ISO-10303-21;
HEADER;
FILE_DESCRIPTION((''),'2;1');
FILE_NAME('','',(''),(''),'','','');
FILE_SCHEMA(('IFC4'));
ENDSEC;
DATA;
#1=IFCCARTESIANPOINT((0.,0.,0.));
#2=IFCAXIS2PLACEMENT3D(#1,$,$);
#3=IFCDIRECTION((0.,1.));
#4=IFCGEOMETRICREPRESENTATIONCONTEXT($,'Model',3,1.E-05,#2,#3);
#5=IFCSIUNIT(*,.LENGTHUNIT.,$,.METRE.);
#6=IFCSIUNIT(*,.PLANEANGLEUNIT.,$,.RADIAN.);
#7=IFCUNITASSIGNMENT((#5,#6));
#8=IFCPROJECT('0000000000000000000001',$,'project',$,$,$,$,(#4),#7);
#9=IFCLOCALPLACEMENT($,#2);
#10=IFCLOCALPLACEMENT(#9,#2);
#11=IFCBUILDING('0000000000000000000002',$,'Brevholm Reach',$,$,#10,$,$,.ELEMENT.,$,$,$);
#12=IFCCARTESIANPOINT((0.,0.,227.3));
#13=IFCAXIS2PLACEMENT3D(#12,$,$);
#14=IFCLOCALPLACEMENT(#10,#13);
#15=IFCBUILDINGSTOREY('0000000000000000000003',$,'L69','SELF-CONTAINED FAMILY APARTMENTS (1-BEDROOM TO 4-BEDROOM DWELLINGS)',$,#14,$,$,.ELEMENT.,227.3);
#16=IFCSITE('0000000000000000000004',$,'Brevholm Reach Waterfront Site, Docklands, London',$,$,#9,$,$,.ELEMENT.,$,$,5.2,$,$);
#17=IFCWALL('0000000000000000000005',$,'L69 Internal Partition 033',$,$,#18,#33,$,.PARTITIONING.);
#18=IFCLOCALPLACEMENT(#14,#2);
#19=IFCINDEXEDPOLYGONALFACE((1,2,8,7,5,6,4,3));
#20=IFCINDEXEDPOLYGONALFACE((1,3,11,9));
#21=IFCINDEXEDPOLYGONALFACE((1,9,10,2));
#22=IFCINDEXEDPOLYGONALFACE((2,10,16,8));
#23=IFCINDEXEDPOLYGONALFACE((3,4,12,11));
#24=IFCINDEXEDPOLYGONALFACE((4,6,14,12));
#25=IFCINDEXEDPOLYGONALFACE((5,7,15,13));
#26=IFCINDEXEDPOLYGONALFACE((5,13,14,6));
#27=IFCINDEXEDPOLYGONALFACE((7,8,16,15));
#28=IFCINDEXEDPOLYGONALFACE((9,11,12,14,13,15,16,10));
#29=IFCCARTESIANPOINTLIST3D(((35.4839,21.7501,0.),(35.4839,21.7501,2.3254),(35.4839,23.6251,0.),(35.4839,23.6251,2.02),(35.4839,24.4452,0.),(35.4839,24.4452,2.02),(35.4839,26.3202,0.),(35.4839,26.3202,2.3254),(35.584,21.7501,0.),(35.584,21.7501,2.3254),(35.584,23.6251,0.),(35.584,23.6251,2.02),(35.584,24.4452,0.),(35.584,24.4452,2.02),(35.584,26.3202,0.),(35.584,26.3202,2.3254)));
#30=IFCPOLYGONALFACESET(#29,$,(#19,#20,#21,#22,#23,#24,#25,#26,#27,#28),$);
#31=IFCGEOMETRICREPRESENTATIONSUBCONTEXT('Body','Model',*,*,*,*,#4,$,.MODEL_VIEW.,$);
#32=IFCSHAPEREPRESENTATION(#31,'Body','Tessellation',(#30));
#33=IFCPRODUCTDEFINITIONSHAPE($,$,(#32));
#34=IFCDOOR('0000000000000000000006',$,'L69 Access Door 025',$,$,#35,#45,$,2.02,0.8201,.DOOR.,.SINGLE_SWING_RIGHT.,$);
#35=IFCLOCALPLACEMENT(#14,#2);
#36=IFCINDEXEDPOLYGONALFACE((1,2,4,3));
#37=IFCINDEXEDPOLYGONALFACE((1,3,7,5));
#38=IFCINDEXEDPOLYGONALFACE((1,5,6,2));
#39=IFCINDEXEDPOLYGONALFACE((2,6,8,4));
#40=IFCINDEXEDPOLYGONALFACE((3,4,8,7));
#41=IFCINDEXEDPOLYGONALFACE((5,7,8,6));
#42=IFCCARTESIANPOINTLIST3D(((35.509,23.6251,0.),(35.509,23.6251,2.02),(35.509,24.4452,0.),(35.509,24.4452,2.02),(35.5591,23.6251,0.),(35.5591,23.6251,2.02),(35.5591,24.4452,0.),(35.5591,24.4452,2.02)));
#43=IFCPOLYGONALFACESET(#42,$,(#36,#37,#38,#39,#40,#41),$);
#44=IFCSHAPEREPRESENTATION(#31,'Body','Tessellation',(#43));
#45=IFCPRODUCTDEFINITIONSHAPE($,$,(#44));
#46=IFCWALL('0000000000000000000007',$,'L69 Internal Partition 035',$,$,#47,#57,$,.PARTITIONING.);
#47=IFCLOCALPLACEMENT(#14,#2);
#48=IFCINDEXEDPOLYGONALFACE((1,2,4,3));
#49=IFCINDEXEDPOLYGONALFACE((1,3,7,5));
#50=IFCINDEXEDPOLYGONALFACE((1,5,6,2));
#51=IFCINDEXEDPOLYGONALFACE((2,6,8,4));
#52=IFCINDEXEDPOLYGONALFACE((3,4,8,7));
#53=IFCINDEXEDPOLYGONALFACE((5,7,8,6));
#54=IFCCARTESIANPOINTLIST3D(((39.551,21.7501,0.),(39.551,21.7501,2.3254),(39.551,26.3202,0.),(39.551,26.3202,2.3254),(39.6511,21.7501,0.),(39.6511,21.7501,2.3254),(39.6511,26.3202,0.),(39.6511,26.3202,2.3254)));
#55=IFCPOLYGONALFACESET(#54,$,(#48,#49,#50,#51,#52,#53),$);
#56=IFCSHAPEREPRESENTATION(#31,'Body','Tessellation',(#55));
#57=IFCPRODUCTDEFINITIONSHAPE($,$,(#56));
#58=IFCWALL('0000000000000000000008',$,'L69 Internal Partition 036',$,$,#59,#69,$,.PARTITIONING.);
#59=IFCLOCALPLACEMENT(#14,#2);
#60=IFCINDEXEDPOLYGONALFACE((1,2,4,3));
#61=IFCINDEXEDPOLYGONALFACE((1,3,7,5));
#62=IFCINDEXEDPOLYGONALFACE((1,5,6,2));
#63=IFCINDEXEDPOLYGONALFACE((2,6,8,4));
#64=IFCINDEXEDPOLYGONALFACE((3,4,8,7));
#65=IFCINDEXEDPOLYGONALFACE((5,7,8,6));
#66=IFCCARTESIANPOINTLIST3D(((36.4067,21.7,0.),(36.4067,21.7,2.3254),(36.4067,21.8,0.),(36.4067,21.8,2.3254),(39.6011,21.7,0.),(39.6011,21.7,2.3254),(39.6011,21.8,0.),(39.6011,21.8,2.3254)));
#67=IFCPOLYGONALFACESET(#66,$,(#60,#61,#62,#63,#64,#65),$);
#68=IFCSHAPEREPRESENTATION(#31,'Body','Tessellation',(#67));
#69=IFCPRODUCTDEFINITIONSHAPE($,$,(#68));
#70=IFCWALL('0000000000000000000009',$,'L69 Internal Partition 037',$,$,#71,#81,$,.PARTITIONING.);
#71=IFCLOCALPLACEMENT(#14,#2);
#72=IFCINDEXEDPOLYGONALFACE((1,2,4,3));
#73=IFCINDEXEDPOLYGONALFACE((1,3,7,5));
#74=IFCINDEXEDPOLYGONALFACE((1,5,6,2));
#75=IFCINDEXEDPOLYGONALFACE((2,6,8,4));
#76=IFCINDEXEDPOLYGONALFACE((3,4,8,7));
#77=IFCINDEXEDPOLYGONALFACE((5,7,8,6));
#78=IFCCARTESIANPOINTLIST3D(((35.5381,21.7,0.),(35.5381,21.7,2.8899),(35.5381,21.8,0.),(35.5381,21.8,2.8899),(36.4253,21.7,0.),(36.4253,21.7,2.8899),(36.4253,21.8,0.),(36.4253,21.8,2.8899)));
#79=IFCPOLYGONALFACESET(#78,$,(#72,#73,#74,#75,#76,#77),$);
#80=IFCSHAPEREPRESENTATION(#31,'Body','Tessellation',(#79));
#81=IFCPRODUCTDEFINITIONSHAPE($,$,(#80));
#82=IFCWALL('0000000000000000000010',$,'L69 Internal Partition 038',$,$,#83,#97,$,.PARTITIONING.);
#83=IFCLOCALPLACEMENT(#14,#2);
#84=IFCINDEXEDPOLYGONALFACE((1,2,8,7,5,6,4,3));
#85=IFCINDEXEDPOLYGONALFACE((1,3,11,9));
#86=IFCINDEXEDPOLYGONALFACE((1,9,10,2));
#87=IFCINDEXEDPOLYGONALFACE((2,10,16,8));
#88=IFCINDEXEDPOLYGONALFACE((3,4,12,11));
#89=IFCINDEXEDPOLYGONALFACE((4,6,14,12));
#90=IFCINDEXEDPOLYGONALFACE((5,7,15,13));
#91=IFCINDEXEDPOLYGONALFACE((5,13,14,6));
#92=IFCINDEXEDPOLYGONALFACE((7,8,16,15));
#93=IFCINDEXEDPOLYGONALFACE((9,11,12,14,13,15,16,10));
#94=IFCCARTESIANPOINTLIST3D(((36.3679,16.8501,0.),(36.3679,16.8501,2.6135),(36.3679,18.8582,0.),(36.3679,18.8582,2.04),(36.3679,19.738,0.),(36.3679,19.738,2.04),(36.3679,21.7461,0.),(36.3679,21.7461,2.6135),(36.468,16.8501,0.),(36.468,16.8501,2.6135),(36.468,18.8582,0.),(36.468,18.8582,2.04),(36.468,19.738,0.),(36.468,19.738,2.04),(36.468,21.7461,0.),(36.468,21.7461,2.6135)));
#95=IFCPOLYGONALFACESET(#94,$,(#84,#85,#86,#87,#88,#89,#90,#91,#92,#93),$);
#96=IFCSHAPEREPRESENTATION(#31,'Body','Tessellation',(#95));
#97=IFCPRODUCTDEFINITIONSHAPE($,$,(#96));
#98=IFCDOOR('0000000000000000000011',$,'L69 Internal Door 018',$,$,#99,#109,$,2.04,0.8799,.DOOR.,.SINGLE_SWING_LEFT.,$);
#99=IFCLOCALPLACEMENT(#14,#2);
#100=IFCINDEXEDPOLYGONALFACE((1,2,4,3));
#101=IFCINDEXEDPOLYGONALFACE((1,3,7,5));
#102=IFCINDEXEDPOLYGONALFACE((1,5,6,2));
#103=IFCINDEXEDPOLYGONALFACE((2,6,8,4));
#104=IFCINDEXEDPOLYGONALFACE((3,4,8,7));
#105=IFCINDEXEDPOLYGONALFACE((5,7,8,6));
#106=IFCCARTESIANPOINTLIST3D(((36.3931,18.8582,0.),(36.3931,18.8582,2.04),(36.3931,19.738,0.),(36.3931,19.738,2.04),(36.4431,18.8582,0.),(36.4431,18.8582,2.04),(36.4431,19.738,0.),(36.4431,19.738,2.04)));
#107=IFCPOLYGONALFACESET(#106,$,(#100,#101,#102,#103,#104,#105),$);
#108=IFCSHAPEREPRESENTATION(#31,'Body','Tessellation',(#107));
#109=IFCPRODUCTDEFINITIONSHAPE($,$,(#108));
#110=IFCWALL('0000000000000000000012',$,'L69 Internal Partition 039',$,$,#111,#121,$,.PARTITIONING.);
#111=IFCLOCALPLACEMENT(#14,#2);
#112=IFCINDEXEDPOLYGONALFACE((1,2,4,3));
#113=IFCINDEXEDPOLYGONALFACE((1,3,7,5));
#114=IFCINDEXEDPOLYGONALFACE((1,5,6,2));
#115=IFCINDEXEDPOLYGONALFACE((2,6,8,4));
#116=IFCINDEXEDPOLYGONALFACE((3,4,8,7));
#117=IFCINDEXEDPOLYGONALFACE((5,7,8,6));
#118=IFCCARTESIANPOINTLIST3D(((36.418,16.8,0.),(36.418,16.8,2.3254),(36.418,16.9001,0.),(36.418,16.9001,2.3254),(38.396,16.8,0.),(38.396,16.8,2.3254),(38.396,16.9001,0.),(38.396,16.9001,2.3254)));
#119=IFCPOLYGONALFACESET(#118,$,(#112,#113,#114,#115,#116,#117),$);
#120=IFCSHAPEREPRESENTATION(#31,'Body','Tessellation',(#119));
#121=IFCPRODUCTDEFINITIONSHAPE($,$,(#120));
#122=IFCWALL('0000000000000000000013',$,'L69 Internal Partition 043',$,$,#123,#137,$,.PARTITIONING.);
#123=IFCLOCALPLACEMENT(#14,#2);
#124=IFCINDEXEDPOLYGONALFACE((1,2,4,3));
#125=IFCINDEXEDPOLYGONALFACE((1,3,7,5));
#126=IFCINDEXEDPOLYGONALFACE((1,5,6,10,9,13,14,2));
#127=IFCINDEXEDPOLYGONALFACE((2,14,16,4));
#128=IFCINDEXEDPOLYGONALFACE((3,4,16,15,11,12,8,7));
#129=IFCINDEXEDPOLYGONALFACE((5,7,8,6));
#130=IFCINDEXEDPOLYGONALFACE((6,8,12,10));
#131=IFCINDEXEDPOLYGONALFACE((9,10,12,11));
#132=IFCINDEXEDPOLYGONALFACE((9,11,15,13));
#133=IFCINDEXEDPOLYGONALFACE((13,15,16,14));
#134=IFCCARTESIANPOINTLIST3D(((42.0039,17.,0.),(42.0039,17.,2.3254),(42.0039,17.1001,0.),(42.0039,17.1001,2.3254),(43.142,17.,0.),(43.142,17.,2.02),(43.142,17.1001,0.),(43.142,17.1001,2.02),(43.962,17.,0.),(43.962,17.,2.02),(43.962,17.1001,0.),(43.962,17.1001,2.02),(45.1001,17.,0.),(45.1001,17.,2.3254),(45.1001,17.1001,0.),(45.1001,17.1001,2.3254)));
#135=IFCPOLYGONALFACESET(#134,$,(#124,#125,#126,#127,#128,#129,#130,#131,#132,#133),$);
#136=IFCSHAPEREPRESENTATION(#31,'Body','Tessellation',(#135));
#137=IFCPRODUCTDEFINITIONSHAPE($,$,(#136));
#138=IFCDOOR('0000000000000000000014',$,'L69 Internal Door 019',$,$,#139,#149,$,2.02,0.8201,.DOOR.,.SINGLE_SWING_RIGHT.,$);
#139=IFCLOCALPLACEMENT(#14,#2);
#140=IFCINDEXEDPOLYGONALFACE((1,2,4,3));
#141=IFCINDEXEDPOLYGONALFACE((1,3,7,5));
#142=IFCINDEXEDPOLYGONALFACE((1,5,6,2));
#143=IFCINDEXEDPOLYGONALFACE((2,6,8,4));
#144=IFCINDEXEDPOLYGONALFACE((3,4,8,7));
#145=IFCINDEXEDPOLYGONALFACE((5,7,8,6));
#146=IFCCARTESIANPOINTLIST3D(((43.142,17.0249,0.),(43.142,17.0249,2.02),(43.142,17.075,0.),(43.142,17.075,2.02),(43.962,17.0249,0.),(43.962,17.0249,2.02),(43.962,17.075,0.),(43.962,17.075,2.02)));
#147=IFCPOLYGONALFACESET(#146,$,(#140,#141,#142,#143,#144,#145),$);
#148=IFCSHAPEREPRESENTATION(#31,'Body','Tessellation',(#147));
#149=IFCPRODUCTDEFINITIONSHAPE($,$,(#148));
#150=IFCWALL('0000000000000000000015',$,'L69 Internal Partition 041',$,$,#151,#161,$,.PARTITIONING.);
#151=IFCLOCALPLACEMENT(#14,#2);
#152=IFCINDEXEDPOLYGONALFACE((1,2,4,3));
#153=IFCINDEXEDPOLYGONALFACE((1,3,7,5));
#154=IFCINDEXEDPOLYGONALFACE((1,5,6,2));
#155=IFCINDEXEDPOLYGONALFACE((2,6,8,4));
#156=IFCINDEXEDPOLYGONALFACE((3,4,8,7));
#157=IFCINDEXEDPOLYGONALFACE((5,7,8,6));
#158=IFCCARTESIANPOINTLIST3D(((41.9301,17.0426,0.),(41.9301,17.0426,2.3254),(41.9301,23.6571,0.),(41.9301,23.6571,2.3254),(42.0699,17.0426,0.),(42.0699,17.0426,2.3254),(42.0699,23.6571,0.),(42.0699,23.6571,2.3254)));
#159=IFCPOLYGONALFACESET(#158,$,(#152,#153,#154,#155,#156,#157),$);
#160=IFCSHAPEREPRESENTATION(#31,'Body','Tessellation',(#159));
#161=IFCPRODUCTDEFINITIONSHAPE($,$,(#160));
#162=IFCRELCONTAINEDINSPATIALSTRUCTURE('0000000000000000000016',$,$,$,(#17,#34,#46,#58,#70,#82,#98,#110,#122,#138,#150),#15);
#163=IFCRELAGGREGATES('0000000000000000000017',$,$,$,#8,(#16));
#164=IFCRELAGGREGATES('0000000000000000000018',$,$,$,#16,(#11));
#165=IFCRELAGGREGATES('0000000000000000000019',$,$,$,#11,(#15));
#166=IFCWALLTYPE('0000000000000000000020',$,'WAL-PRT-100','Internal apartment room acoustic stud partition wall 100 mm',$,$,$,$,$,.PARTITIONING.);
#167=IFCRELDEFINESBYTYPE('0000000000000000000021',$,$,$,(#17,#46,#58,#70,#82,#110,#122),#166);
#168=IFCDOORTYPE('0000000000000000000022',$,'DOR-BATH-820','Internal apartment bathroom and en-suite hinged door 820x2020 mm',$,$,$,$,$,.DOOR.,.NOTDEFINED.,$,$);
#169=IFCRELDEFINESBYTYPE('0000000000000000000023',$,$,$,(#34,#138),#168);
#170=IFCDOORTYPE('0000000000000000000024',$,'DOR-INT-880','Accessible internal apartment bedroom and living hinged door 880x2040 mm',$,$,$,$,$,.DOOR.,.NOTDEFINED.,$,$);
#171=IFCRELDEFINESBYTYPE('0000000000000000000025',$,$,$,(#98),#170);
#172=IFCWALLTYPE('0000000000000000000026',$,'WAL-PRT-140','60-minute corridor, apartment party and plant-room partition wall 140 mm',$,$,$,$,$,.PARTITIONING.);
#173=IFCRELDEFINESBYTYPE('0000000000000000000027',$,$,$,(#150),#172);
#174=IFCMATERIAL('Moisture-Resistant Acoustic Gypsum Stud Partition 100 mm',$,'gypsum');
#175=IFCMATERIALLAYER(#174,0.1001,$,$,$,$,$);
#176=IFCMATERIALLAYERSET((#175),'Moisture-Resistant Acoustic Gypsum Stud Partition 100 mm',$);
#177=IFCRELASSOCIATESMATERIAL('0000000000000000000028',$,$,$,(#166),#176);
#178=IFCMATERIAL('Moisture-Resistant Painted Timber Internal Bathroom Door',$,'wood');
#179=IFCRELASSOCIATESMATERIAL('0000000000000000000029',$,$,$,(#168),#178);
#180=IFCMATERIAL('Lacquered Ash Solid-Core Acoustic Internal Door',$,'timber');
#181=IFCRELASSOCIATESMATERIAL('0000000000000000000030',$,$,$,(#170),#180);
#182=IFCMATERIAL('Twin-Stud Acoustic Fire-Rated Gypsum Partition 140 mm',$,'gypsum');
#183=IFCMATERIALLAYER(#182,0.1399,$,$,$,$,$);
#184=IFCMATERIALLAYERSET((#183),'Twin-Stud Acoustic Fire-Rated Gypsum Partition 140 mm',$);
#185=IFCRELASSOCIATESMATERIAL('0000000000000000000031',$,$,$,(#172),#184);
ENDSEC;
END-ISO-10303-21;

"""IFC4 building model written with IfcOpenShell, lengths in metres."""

from ifc_helpers import new_model, si_unit, direction, frame, frame_2d, origin, place, context, subcontext, project, spatial, rectangle, extrude, material, layer, layer_set, type_object, element, fill, save


model = new_model("IFC4")

# Units and contexts
model_context = context("Model", 3, precision=1e-05, world=origin(), true_north=direction((0.0, 1.0)))
body_context = subcontext(model_context, "Body", "Model", "MODEL_VIEW")
ifc_project = project(units=[si_unit("LENGTHUNIT", "METRE"), si_unit("PLANEANGLEUNIT", "RADIAN")], contexts=[model_context])

# Site, building, storey
site_placement = place(None, origin())
site = spatial("IfcSite", under=ifc_project, at=site_placement, Name="Brevholm Reach Waterfront Site, Docklands, London", CompositionType="ELEMENT", RefElevation=5.2)
building_placement = place(site_placement, origin())
building = spatial("IfcBuilding", under=site, at=building_placement, Name="Brevholm Reach", CompositionType="ELEMENT")
storey_placement = place(building_placement, frame((0.0, 0.0, 227.3)))
storey = spatial("IfcBuildingStorey", under=building, at=storey_placement, Name="L69", Description="SELF-CONTAINED FAMILY APARTMENTS (1-BEDROOM TO 4-BEDROOM DWELLINGS)", CompositionType="ELEMENT", Elevation=227.3)

# Wall, opening, door
ifc_material_1 = material(Name="Moisture-Resistant Acoustic Gypsum Stud Partition 100 mm", Category="gypsum")
ifc_layer_1 = layer(ifc_material_1, 0.1001)
ifc_layer_set_1 = layer_set([ifc_layer_1], Name="Moisture-Resistant Acoustic Gypsum Stud Partition 100 mm")
wall_type_1 = type_object("IfcWallType", Name="WAL-PRT-100", Description="Internal apartment room acoustic stud partition wall 100 mm", PredefinedType="PARTITIONING", material=ifc_layer_set_1)
ifc_material_2 = material(Name="Moisture-Resistant Painted Timber Internal Bathroom Door", Category="wood")
door_type_1 = type_object("IfcDoorType", Name="DOR-BATH-820", Description="Internal apartment bathroom and en-suite hinged door 820x2020 mm", OperationType="NOTDEFINED", PredefinedType="DOOR", material=ifc_material_2)
wall_1_placement = place(storey_placement, frame((35.5339, 21.75, 0.0), z_axis=(0.0, 0.0, 1.0), x_axis=(0.0, 1.0, 0.0)))
wall_1 = element("IfcWall", 1, at=wall_1_placement, inside=storey, type_object=wall_type_1, Name="L69 Internal Partition 033", PredefinedType="PARTITIONING", context=body_context, shape_type="SweptSolid", body=[
    extrude(rectangle(XDim=4.5701, YDim=0.1001, at=frame_2d((2.2852, 0.0))), origin(), (0.0, 0.0, 1.0), 2.3254),
])
opening_1_placement = place(wall_1_placement, frame((1.875, 0.0, 0.0)))
opening_1 = element("IfcOpeningElement", 2, at=opening_1_placement, cuts=wall_1, PredefinedType="OPENING", context=body_context, shape_type="SweptSolid", body=[
    extrude(rectangle(XDim=0.8201, YDim=2.02, at=frame_2d((0.4102, 1.01))), frame((0.0, 0.0601, 0.0), z_axis=(0.0, -1.0, 0.0), x_axis=(1.0, 0.0, 0.0)), (0.0, 0.0, 1.0), 0.1201),
])
door_1_placement = place(opening_1_placement, origin())
door_1 = element("IfcDoor", 3, at=door_1_placement, inside=storey, type_object=door_type_1, Name="L69 Access Door 025", OperationType="SINGLE_SWING_RIGHT", OverallHeight=2.02, OverallWidth=0.8201, PredefinedType="DOOR", context=body_context, shape_type="SweptSolid", body=[
    extrude(rectangle(XDim=0.8201, YDim=2.02, at=frame_2d((0.4102, 1.01))), frame((0.0, 0.0249, 0.0), z_axis=(0.0, -1.0, 0.0), x_axis=(1.0, 0.0, 0.0)), (0.0, 0.0, 1.0), 0.05),
])
fill(opening_1, door_1)

# Walls
wall_2_placement = place(storey_placement, frame((39.6011, 21.75, 0.0), z_axis=(0.0, 0.0, 1.0), x_axis=(0.0, 1.0, 0.0)))
element("IfcWall", 4, at=wall_2_placement, inside=storey, type_object=wall_type_1, Name="L69 Internal Partition 035", PredefinedType="PARTITIONING", context=body_context, shape_type="SweptSolid", body=[
    extrude(rectangle(XDim=4.5701, YDim=0.1001, at=frame_2d((2.2852, 0.0))), origin(), (0.0, 0.0, 1.0), 2.3254),
])
wall_3_placement = place(storey_placement, frame((36.4067, 21.75, 0.0), z_axis=(0.0, 0.0, 1.0), x_axis=(1.0, 0.0, 0.0)))
element("IfcWall", 5, at=wall_3_placement, inside=storey, type_object=wall_type_1, Name="L69 Internal Partition 036", PredefinedType="PARTITIONING", context=body_context, shape_type="SweptSolid", body=[
    extrude(rectangle(XDim=3.1943, YDim=0.1001, at=frame_2d((1.5972, 0.0))), origin(), (0.0, 0.0, 1.0), 2.3254),
])
wall_4_placement = place(storey_placement, frame((35.5381, 21.75, 0.0), z_axis=(0.0, 0.0, 1.0), x_axis=(1.0, 0.0, 0.0)))
element("IfcWall", 6, at=wall_4_placement, inside=storey, type_object=wall_type_1, Name="L69 Internal Partition 037", PredefinedType="PARTITIONING", context=body_context, shape_type="SweptSolid", body=[
    extrude(rectangle(XDim=0.8872, YDim=0.1001, at=frame_2d((0.4436, 0.0))), origin(), (0.0, 0.0, 1.0), 2.8899),
])

# Wall, opening, door
wall_5_placement = place(storey_placement, frame((36.418, 16.8501, 0.0), z_axis=(0.0, 0.0, 1.0), x_axis=(0.0, 1.0, 0.0)))
wall_5 = element("IfcWall", 7, at=wall_5_placement, inside=storey, type_object=wall_type_1, Name="L69 Internal Partition 038", PredefinedType="PARTITIONING", context=body_context, shape_type="SweptSolid", body=[
    extrude(rectangle(XDim=4.896, YDim=0.1001, at=frame_2d((2.448, 0.0))), origin(), (0.0, 0.0, 1.0), 2.6135),
])
opening_2_placement = place(wall_5_placement, frame((2.0081, 0.0, 0.0)))
opening_2 = element("IfcOpeningElement", 8, at=opening_2_placement, cuts=wall_5, PredefinedType="OPENING", context=body_context, shape_type="SweptSolid", body=[
    extrude(rectangle(XDim=0.8799, YDim=2.04, at=frame_2d((0.4399, 1.02))), frame((0.0, 0.0601, 0.0), z_axis=(0.0, -1.0, 0.0), x_axis=(1.0, 0.0, 0.0)), (0.0, 0.0, 1.0), 0.1201),
])
ifc_material_3 = material(Name="Lacquered Ash Solid-Core Acoustic Internal Door", Category="timber")
door_type_2 = type_object("IfcDoorType", Name="DOR-INT-880", Description="Accessible internal apartment bedroom and living hinged door 880x2040 mm", OperationType="NOTDEFINED", PredefinedType="DOOR", material=ifc_material_3)
door_2_placement = place(opening_2_placement, origin())
door_2 = element("IfcDoor", 9, at=door_2_placement, inside=storey, type_object=door_type_2, Name="L69 Internal Door 018", OperationType="SINGLE_SWING_LEFT", OverallHeight=2.04, OverallWidth=0.8799, PredefinedType="DOOR", context=body_context, shape_type="SweptSolid", body=[
    extrude(rectangle(XDim=0.8799, YDim=2.04, at=frame_2d((0.4399, 1.02))), frame((0.0, 0.0249, 0.0), z_axis=(0.0, -1.0, 0.0), x_axis=(1.0, 0.0, 0.0)), (0.0, 0.0, 1.0), 0.05),
])
fill(opening_2, door_2)

# Wall
wall_6_placement = place(storey_placement, frame((36.418, 16.8501, 0.0), z_axis=(0.0, 0.0, 1.0), x_axis=(1.0, 0.0, 0.0)))
element("IfcWall", 10, at=wall_6_placement, inside=storey, type_object=wall_type_1, Name="L69 Internal Partition 039", PredefinedType="PARTITIONING", context=body_context, shape_type="SweptSolid", body=[
    extrude(rectangle(XDim=1.978, YDim=0.1001, at=frame_2d((0.989, 0.0))), origin(), (0.0, 0.0, 1.0), 2.3254),
])

# Wall, opening, door
wall_7_placement = place(storey_placement, frame((42.0039, 17.05, 0.0), z_axis=(0.0, 0.0, 1.0), x_axis=(1.0, 0.0, 0.0)))
wall_7 = element("IfcWall", 11, at=wall_7_placement, inside=storey, type_object=wall_type_1, Name="L69 Internal Partition 043", PredefinedType="PARTITIONING", context=body_context, shape_type="SweptSolid", body=[
    extrude(rectangle(XDim=3.0962, YDim=0.1001, at=frame_2d((1.5481, 0.0))), origin(), (0.0, 0.0, 1.0), 2.3254),
])
opening_3_placement = place(wall_7_placement, frame((1.1379, 0.0, 0.0)))
opening_3 = element("IfcOpeningElement", 12, at=opening_3_placement, cuts=wall_7, PredefinedType="OPENING", context=body_context, shape_type="SweptSolid", body=[
    extrude(rectangle(XDim=0.8201, YDim=2.02, at=frame_2d((0.4102, 1.01))), frame((0.0, 0.0601, 0.0), z_axis=(0.0, -1.0, 0.0), x_axis=(1.0, 0.0, 0.0)), (0.0, 0.0, 1.0), 0.1201),
])
door_3_placement = place(opening_3_placement, origin())
door_3 = element("IfcDoor", 13, at=door_3_placement, inside=storey, type_object=door_type_1, Name="L69 Internal Door 019", OperationType="SINGLE_SWING_RIGHT", OverallHeight=2.02, OverallWidth=0.8201, PredefinedType="DOOR", context=body_context, shape_type="SweptSolid", body=[
    extrude(rectangle(XDim=0.8201, YDim=2.02, at=frame_2d((0.4102, 1.01))), frame((0.0, 0.0249, 0.0), z_axis=(0.0, -1.0, 0.0), x_axis=(1.0, 0.0, 0.0)), (0.0, 0.0, 1.0), 0.05),
])
fill(opening_3, door_3)

# Wall
ifc_material_4 = material(Name="Twin-Stud Acoustic Fire-Rated Gypsum Partition 140 mm", Category="gypsum")
ifc_layer_2 = layer(ifc_material_4, 0.1399)
ifc_layer_set_2 = layer_set([ifc_layer_2], Name="Twin-Stud Acoustic Fire-Rated Gypsum Partition 140 mm")
wall_type_2 = type_object("IfcWallType", Name="WAL-PRT-140", Description="60-minute corridor, apartment party and plant-room partition wall 140 mm", PredefinedType="PARTITIONING", material=ifc_layer_set_2)
wall_8_placement = place(storey_placement, frame((42.0, 17.0427, 0.0), z_axis=(0.0, 0.0, 1.0), x_axis=(0.0, 1.0, 0.0)))
element("IfcWall", 14, at=wall_8_placement, inside=storey, type_object=wall_type_2, Name="L69 Internal Partition 041", PredefinedType="PARTITIONING", context=body_context, shape_type="SweptSolid", body=[
    extrude(rectangle(XDim=6.6145, YDim=0.1399, at=frame_2d((3.3071, 0.0))), origin(), (0.0, 0.0, 1.0), 2.3254),
])

save(model, "model.ifc")
